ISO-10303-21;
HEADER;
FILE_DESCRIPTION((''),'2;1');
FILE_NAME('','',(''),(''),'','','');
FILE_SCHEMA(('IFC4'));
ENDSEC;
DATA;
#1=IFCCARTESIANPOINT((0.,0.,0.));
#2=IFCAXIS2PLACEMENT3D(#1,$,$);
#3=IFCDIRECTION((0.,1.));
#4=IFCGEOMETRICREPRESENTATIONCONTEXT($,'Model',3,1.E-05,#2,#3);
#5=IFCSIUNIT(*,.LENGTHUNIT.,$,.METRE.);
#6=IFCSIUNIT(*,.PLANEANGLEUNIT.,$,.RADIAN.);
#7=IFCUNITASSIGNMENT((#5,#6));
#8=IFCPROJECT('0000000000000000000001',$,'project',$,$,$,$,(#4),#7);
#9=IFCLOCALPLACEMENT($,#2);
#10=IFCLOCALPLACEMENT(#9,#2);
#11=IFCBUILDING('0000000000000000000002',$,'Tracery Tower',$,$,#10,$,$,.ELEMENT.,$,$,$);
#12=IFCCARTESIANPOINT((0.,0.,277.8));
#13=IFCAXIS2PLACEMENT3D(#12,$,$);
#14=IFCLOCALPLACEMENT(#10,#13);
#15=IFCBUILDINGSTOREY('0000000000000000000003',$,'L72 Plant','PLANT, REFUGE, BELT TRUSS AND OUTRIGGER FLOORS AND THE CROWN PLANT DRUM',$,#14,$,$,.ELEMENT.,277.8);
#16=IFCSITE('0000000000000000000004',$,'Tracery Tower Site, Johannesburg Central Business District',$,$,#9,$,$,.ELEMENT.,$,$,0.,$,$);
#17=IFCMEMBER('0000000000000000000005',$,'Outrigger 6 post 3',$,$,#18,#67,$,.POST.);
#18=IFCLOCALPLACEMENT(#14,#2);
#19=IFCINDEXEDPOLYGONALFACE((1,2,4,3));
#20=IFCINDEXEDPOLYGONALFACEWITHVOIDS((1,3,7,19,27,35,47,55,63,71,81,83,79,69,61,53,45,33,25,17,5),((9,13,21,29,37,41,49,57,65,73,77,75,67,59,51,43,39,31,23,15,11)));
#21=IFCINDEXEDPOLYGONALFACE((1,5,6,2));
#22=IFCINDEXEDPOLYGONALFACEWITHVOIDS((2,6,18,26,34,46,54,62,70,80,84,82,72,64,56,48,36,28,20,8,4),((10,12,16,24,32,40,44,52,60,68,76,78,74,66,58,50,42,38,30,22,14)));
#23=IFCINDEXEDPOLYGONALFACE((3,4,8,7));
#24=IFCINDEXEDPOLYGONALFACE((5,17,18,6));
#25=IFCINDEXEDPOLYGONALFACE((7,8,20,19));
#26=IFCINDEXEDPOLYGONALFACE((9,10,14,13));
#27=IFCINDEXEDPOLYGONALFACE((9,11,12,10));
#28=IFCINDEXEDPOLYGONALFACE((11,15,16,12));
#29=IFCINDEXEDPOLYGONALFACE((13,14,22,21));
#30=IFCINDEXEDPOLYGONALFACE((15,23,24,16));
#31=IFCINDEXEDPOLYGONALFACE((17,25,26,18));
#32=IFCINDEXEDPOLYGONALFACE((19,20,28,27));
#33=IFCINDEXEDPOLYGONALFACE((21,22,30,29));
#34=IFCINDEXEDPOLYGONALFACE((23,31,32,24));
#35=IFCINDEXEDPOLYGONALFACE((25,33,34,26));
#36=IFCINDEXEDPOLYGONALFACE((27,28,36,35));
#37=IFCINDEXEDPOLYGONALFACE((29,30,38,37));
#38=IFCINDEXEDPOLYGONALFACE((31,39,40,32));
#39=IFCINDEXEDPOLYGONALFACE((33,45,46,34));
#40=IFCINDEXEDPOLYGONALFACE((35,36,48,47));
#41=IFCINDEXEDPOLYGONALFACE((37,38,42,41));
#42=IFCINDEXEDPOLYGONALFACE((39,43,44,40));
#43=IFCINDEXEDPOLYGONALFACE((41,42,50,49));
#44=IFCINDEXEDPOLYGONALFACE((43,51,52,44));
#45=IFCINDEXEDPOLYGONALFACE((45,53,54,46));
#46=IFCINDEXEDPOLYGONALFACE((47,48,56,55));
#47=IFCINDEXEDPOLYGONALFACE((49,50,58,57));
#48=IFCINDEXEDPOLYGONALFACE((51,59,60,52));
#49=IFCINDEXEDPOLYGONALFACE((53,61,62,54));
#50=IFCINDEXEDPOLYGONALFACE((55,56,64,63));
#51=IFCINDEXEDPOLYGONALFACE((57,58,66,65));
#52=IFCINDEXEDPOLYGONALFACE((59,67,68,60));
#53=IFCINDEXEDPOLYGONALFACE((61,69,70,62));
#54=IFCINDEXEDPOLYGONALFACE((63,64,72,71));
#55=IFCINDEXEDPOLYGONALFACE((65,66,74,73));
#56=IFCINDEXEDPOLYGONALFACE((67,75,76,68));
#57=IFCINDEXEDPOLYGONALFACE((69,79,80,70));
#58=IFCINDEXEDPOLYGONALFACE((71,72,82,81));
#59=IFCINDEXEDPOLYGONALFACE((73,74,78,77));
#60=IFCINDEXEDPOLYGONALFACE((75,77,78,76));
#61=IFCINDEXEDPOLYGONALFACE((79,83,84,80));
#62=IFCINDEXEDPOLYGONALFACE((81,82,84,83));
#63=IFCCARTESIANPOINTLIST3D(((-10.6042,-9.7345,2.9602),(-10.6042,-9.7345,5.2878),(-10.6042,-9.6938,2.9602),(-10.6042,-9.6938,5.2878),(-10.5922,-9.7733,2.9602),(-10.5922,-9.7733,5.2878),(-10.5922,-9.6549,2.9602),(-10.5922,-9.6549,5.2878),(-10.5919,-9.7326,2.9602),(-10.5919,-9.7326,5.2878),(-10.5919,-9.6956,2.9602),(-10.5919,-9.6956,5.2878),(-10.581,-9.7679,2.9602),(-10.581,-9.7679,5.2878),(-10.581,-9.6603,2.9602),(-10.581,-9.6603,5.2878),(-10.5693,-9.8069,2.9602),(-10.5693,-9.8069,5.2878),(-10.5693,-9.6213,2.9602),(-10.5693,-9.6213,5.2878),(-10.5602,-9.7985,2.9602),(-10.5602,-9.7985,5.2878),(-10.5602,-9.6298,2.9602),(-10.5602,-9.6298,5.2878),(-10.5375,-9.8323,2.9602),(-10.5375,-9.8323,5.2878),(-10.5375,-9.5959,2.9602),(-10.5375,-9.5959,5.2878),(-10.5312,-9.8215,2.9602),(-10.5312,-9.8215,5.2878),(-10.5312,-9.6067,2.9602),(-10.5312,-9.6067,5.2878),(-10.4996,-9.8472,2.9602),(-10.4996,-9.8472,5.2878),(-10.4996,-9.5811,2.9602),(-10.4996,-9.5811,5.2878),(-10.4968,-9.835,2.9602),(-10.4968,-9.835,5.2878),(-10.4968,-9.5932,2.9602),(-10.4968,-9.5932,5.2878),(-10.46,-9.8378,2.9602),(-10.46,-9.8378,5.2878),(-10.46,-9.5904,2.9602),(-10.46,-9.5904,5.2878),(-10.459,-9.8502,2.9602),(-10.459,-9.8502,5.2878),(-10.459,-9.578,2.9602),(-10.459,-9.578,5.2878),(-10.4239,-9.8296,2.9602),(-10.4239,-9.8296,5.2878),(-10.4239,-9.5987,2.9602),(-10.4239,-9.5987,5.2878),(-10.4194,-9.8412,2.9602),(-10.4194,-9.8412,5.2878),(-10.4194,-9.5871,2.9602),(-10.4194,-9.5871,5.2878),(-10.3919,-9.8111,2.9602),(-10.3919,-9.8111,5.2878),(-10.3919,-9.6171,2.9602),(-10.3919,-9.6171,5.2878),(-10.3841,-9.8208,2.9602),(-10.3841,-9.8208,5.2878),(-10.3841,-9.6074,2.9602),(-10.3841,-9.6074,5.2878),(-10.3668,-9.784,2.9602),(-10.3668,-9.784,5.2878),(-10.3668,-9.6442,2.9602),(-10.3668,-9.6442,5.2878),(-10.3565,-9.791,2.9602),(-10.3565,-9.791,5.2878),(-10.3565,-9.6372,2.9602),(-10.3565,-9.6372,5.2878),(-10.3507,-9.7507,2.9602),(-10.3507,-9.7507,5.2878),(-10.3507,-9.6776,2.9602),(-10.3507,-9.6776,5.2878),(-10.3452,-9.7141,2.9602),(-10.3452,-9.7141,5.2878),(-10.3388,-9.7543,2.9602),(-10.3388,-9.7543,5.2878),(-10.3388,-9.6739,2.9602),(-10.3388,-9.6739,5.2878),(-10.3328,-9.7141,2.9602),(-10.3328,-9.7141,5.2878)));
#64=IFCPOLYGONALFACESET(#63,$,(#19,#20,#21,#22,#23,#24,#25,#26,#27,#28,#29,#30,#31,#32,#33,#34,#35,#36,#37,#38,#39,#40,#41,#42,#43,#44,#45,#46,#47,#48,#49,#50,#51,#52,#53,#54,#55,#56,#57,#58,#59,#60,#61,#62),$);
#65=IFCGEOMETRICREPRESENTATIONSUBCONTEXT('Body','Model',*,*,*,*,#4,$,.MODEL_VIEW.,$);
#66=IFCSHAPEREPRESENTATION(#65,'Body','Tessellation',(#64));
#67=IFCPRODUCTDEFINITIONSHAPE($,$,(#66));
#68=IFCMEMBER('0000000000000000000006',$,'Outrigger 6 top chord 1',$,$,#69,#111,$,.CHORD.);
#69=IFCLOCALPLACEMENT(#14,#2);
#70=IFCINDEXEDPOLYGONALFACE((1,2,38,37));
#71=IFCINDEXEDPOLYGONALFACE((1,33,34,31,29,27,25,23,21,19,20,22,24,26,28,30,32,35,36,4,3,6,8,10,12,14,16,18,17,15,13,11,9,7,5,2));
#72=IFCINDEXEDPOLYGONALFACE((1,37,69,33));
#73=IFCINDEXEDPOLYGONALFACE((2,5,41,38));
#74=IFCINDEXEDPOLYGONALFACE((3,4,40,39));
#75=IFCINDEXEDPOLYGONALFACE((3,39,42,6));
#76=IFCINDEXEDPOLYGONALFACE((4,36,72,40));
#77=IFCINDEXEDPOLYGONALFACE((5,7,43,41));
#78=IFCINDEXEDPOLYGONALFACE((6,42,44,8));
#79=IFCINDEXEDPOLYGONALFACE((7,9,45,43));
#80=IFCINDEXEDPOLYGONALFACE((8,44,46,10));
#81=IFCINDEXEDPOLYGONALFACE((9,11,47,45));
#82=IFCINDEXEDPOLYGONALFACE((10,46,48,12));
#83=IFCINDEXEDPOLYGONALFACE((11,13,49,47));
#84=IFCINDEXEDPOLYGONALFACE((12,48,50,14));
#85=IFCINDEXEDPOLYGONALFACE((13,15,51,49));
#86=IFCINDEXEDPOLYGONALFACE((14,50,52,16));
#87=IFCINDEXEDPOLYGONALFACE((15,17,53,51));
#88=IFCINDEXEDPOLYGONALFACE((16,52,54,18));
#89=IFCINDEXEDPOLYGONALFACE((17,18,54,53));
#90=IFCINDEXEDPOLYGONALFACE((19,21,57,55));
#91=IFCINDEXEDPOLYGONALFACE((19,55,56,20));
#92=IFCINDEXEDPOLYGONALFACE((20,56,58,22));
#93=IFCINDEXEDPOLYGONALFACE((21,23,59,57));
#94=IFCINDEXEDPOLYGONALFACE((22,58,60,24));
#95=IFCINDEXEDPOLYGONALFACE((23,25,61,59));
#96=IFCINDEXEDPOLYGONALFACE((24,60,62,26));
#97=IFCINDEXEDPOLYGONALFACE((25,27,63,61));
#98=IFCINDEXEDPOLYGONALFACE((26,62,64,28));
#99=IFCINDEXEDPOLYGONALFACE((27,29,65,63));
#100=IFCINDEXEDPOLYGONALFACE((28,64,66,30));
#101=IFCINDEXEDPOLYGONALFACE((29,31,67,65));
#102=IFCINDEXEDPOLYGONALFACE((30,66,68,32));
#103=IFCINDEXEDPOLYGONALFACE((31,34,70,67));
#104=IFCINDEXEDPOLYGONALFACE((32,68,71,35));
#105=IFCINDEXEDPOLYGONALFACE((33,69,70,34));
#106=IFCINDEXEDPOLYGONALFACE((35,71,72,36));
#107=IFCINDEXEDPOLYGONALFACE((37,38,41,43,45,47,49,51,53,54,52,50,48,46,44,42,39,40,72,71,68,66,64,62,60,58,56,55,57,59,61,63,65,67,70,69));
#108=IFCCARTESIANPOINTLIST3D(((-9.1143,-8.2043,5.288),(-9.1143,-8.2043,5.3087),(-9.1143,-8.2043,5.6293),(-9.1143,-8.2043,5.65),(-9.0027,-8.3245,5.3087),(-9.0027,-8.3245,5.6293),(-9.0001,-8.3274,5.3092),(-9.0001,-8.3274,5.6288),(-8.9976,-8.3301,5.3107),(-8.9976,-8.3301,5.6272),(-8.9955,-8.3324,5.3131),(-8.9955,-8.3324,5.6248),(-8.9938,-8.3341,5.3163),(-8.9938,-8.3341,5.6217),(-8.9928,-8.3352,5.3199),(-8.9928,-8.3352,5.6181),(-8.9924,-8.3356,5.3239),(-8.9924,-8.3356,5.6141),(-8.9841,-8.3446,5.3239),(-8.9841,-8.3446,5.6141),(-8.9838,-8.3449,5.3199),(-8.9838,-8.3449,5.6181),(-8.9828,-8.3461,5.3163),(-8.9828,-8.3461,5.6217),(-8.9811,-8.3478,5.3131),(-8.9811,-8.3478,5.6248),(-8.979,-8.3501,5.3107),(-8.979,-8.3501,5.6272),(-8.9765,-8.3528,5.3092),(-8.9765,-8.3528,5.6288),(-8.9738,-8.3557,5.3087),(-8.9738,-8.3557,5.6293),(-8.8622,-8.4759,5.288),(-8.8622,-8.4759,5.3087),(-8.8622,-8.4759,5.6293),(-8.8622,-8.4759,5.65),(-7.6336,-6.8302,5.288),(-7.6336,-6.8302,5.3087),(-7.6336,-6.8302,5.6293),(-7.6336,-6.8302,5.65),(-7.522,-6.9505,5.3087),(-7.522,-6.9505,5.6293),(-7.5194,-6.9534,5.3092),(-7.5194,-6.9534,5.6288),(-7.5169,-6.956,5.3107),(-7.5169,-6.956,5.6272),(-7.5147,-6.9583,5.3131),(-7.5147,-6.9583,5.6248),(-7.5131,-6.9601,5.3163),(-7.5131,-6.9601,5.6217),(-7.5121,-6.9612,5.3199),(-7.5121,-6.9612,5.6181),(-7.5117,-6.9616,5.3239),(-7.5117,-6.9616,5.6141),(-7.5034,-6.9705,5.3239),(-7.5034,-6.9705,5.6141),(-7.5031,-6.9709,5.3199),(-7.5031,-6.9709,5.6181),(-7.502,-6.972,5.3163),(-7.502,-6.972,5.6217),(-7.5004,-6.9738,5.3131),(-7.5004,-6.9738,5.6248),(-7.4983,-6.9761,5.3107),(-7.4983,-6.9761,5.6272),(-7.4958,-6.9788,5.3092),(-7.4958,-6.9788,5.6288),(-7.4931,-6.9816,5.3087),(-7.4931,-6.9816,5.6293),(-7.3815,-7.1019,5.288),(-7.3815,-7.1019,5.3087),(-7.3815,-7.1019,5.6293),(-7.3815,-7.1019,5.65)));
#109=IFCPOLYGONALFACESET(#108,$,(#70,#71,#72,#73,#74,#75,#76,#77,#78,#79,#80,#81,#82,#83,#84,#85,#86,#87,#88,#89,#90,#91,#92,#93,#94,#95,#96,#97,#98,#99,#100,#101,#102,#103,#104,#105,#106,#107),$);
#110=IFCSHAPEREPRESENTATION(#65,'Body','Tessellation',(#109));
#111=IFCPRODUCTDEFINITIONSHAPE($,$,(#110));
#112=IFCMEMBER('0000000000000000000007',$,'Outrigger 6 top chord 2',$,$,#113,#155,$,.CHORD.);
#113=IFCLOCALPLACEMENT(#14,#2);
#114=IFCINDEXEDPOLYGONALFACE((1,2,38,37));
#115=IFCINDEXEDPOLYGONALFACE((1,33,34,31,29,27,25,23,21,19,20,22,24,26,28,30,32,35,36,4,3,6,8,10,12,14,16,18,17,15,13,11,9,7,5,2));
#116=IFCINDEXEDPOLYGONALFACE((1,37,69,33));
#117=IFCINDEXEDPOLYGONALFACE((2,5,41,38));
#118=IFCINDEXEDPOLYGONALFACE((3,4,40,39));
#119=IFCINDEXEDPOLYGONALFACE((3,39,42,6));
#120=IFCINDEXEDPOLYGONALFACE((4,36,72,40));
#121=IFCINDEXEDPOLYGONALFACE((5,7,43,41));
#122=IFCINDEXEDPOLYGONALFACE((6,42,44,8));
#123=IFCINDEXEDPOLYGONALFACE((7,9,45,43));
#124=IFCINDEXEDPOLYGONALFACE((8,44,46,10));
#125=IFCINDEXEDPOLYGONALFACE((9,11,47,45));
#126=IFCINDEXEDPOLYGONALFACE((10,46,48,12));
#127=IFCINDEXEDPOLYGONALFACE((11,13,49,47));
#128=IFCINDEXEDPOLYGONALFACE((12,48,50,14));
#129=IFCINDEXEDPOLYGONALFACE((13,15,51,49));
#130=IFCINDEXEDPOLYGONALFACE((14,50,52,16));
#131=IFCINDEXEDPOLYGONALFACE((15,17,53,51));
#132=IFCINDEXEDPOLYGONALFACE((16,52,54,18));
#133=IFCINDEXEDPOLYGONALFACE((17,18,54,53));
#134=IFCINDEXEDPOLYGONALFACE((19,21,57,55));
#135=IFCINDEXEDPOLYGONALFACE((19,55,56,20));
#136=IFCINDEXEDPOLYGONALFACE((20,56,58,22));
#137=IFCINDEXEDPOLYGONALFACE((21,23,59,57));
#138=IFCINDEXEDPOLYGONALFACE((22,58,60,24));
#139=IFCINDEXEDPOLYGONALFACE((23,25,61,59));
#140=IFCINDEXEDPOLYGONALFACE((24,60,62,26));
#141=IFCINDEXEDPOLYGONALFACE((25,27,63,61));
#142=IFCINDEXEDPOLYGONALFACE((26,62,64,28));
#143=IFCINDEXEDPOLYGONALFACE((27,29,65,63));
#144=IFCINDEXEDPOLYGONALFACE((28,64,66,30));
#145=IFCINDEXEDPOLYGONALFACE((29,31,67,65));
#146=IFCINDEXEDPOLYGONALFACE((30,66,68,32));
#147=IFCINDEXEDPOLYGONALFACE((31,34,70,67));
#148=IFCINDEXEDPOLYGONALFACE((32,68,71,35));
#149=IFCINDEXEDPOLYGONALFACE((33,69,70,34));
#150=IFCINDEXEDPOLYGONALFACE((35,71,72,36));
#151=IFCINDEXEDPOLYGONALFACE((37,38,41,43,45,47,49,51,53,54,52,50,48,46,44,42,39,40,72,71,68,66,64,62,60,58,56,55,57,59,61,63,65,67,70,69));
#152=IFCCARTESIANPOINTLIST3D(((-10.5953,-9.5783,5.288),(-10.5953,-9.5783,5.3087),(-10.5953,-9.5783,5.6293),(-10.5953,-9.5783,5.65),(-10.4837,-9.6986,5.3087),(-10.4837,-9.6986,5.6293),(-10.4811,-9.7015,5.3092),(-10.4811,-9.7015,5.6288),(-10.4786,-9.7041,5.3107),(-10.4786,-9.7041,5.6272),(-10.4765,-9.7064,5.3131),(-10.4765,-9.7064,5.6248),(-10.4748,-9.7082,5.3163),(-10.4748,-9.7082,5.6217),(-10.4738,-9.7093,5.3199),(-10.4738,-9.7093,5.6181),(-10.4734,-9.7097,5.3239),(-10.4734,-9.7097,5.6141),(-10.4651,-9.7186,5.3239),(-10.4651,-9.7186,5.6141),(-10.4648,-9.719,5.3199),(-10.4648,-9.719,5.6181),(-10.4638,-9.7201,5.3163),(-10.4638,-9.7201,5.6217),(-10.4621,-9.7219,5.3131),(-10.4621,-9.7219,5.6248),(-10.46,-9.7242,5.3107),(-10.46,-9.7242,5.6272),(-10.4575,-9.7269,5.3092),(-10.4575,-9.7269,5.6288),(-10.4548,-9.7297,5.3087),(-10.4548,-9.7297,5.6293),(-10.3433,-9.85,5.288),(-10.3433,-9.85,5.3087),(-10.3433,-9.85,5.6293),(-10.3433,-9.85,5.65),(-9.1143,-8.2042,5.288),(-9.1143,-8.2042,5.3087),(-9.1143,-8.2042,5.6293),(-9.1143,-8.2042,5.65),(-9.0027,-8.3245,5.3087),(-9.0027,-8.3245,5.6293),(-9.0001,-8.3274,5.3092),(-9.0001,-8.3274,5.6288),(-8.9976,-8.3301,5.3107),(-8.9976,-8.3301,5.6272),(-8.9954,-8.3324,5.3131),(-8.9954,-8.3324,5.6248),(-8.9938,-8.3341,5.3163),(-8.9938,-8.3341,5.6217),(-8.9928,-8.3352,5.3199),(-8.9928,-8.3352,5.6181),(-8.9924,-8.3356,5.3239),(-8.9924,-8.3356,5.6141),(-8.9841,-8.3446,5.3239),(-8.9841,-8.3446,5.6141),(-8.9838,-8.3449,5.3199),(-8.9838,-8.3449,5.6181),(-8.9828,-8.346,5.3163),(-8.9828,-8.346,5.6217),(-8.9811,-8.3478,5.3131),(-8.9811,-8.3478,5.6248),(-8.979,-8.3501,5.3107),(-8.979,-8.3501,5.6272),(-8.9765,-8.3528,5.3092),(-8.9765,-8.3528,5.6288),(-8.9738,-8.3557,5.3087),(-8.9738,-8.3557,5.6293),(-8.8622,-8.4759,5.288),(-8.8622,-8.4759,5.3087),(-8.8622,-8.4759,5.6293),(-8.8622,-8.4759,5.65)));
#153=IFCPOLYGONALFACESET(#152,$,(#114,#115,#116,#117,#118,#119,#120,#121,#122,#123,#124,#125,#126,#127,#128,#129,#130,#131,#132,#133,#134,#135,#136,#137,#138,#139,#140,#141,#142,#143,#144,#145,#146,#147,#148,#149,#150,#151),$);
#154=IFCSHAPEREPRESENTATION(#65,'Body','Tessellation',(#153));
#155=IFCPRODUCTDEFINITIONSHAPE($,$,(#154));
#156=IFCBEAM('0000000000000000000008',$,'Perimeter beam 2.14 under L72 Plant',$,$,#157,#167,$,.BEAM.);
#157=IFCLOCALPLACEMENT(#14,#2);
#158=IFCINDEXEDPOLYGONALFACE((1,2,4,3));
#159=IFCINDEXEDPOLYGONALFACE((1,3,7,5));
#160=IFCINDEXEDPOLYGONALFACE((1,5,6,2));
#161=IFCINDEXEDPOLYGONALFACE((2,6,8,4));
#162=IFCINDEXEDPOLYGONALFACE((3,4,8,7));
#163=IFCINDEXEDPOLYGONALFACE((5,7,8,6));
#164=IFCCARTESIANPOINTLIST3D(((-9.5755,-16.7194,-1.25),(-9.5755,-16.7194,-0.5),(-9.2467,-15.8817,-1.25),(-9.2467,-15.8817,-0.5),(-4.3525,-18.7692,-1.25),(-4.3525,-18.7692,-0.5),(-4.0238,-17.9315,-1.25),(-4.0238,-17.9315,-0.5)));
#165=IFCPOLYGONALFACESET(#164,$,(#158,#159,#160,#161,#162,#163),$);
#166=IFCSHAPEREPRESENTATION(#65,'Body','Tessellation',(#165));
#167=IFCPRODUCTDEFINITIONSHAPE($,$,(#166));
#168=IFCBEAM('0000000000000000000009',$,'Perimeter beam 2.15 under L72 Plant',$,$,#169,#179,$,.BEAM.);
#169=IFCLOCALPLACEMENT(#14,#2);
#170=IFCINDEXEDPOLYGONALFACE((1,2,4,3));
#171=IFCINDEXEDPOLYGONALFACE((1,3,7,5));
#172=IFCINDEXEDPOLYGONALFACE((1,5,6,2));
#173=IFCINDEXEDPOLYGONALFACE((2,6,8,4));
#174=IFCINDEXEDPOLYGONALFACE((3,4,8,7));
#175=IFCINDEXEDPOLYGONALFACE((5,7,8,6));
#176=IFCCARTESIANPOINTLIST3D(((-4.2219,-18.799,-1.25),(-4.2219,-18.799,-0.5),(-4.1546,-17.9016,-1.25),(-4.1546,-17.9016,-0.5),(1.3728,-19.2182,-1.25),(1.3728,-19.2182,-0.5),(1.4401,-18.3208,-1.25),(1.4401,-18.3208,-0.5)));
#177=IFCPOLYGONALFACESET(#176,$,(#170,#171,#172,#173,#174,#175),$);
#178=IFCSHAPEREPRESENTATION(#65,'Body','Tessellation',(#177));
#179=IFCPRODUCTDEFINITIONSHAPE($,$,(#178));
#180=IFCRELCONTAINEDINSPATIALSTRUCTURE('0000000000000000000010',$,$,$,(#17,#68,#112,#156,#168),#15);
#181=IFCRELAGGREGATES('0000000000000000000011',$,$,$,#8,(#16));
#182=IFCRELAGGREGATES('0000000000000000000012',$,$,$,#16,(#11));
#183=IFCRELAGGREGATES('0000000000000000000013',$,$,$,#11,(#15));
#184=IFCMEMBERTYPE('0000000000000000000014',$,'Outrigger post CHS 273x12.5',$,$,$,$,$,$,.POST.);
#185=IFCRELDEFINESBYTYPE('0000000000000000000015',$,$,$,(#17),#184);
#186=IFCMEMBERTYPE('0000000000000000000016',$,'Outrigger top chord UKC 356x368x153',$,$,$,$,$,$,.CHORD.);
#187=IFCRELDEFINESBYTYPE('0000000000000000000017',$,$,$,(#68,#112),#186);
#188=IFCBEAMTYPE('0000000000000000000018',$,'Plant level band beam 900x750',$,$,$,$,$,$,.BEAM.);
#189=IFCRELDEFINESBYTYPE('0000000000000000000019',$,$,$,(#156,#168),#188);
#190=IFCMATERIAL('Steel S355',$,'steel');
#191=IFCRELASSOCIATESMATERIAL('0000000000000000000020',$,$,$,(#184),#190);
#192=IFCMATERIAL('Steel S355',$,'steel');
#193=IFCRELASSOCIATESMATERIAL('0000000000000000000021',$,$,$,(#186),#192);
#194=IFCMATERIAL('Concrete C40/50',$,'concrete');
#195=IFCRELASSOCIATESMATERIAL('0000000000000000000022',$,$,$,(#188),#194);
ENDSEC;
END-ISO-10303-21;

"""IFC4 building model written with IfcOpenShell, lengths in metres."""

from ifc_helpers import new_model, si_unit, direction, frame, origin, origin_2d, place, context, subcontext, project, spatial, rectangle, hollow_circle, i_section, extrude, material, material_profile, profile_set, type_object, element, save


model = new_model("IFC4")

# Units and contexts
model_context = context("Model", 3, precision=1e-05, world=origin(), true_north=direction((0.0, 1.0)))
body_context = subcontext(model_context, "Body", "Model", "MODEL_VIEW")
ifc_project = project(units=[si_unit("LENGTHUNIT", "METRE"), si_unit("PLANEANGLEUNIT", "RADIAN")], contexts=[model_context])

# Site, building, storey
site_placement = place(None, origin())
site = spatial("IfcSite", under=ifc_project, at=site_placement, Name="Tracery Tower Site, Johannesburg Central Business District", CompositionType="ELEMENT", RefElevation=0.0)
building_placement = place(site_placement, origin())
building = spatial("IfcBuilding", under=site, at=building_placement, Name="Tracery Tower", CompositionType="ELEMENT")
storey_placement = place(building_placement, frame((0.0, 0.0, 277.8)))
storey = spatial("IfcBuildingStorey", under=building, at=storey_placement, Name="L72 Plant", Description="PLANT, REFUGE, BELT TRUSS AND OUTRIGGER FLOORS AND THE CROWN PLANT DRUM", CompositionType="ELEMENT", Elevation=277.8)

# Members
ifc_material_1 = material(Name="Steel S355", Category="steel")
ifc_material_profile_1 = material_profile(ifc_material_1, hollow_circle(Radius=0.1365, WallThickness=0.0125, at=origin_2d()), Name="CHS 273x12.5")
ifc_profile_set_1 = profile_set([ifc_material_profile_1], Name="Steel S355")
member_type_1 = type_object("IfcMemberType", Name="Outrigger post CHS 273x12.5", PredefinedType="POST", material=ifc_profile_set_1)
for number, where, z_axis, x_axis, name in (
    (1, (-10.4692, -9.7141, 2.9602), (0.0, 0.0, 1.0), (1.0, 0.0, 0.0), "Outrigger 6 post 3"),
):
    element("IfcMember", number, at=place(storey_placement, frame(where, z_axis=z_axis, x_axis=x_axis)), inside=storey, type_object=member_type_1, Name=name, PredefinedType="POST", context=body_context, shape_type="SweptSolid", body=[
        extrude(hollow_circle(Radius=0.1365, WallThickness=0.0125, at=origin_2d()), origin(), (0.0, 0.0, 1.0), 2.3276),
    ])
ifc_material_2 = material(Name="Steel S355", Category="steel")
ifc_material_profile_2 = material_profile(ifc_material_2, i_section(OverallWidth=0.3706, OverallDepth=0.3621, WebThickness=0.0122, FlangeThickness=0.0208, FilletRadius=0.0151, at=origin_2d()), Name="UKC 356x368x153")
ifc_profile_set_2 = profile_set([ifc_material_profile_2], Name="Steel S355")
member_type_2 = type_object("IfcMemberType", Name="Outrigger top chord UKC 356x368x153", PredefinedType="CHORD", material=ifc_profile_set_2)
member_1_placement = place(storey_placement, frame((-7.5076, -6.9661, 5.469), z_axis=(-0.733022, -0.680205, 0.0), x_axis=(0.680205, -0.733022, 0.0)))
element("IfcMember", 2, at=member_1_placement, inside=storey, type_object=member_type_2, Name="Outrigger 6 top chord 1", PredefinedType="CHORD", context=body_context, shape_type="SweptSolid", body=[
    extrude(i_section(OverallWidth=0.3706, OverallDepth=0.3621, WebThickness=0.0122, FlangeThickness=0.0208, FilletRadius=0.0151, at=origin_2d()), origin(), (0.0, 0.0, 1.0), 2.02),
])
member_2_placement = place(storey_placement, frame((-8.9883, -8.3401, 5.469), z_axis=(-0.733078, -0.680145, 0.0), x_axis=(0.680145, -0.733078, 0.0)))
element("IfcMember", 3, at=member_2_placement, inside=storey, type_object=member_type_2, Name="Outrigger 6 top chord 2", PredefinedType="CHORD", context=body_context, shape_type="SweptSolid", body=[
    extrude(i_section(OverallWidth=0.3706, OverallDepth=0.3621, WebThickness=0.0122, FlangeThickness=0.0208, FilletRadius=0.0151, at=origin_2d()), origin(), (0.0, 0.0, 1.0), 2.0203),
])

# Beams
ifc_material_3 = material(Name="Concrete C40/50", Category="concrete")
ifc_material_profile_3 = material_profile(ifc_material_3, rectangle(XDim=0.8999, YDim=0.75, at=origin_2d()), Name="RC 900x750")
ifc_profile_set_3 = profile_set([ifc_material_profile_3], Name="Concrete C40/50")
beam_type_1 = type_object("IfcBeamType", Name="Plant level band beam 900x750", PredefinedType="BEAM", material=ifc_profile_set_3)
beam_1_placement = place(storey_placement, frame((-9.4111, -16.3005, -0.875), z_axis=(0.930876, -0.365336, 0.0), x_axis=(0.365336, 0.930876, 0.0)))
element("IfcBeam", 4, at=beam_1_placement, inside=storey, type_object=beam_type_1, Name="Perimeter beam 2.14 under L72 Plant", PredefinedType="BEAM", context=body_context, shape_type="SweptSolid", body=[
    extrude(rectangle(XDim=0.8999, YDim=0.75, at=origin_2d()), origin(), (0.0, 0.0, 1.0), 5.6108),
])
beam_2_placement = place(storey_placement, frame((-4.1882, -18.3503, -0.875), z_axis=(0.997205, -0.074716, 0.0), x_axis=(0.074716, 0.997205, 0.0)))
element("IfcBeam", 5, at=beam_2_placement, inside=storey, type_object=beam_type_1, Name="Perimeter beam 2.15 under L72 Plant", PredefinedType="BEAM", context=body_context, shape_type="SweptSolid", body=[
    extrude(rectangle(XDim=0.8999, YDim=0.75, at=origin_2d()), origin(), (0.0, 0.0, 1.0), 5.6104),
])

save(model, "model.ifc")
